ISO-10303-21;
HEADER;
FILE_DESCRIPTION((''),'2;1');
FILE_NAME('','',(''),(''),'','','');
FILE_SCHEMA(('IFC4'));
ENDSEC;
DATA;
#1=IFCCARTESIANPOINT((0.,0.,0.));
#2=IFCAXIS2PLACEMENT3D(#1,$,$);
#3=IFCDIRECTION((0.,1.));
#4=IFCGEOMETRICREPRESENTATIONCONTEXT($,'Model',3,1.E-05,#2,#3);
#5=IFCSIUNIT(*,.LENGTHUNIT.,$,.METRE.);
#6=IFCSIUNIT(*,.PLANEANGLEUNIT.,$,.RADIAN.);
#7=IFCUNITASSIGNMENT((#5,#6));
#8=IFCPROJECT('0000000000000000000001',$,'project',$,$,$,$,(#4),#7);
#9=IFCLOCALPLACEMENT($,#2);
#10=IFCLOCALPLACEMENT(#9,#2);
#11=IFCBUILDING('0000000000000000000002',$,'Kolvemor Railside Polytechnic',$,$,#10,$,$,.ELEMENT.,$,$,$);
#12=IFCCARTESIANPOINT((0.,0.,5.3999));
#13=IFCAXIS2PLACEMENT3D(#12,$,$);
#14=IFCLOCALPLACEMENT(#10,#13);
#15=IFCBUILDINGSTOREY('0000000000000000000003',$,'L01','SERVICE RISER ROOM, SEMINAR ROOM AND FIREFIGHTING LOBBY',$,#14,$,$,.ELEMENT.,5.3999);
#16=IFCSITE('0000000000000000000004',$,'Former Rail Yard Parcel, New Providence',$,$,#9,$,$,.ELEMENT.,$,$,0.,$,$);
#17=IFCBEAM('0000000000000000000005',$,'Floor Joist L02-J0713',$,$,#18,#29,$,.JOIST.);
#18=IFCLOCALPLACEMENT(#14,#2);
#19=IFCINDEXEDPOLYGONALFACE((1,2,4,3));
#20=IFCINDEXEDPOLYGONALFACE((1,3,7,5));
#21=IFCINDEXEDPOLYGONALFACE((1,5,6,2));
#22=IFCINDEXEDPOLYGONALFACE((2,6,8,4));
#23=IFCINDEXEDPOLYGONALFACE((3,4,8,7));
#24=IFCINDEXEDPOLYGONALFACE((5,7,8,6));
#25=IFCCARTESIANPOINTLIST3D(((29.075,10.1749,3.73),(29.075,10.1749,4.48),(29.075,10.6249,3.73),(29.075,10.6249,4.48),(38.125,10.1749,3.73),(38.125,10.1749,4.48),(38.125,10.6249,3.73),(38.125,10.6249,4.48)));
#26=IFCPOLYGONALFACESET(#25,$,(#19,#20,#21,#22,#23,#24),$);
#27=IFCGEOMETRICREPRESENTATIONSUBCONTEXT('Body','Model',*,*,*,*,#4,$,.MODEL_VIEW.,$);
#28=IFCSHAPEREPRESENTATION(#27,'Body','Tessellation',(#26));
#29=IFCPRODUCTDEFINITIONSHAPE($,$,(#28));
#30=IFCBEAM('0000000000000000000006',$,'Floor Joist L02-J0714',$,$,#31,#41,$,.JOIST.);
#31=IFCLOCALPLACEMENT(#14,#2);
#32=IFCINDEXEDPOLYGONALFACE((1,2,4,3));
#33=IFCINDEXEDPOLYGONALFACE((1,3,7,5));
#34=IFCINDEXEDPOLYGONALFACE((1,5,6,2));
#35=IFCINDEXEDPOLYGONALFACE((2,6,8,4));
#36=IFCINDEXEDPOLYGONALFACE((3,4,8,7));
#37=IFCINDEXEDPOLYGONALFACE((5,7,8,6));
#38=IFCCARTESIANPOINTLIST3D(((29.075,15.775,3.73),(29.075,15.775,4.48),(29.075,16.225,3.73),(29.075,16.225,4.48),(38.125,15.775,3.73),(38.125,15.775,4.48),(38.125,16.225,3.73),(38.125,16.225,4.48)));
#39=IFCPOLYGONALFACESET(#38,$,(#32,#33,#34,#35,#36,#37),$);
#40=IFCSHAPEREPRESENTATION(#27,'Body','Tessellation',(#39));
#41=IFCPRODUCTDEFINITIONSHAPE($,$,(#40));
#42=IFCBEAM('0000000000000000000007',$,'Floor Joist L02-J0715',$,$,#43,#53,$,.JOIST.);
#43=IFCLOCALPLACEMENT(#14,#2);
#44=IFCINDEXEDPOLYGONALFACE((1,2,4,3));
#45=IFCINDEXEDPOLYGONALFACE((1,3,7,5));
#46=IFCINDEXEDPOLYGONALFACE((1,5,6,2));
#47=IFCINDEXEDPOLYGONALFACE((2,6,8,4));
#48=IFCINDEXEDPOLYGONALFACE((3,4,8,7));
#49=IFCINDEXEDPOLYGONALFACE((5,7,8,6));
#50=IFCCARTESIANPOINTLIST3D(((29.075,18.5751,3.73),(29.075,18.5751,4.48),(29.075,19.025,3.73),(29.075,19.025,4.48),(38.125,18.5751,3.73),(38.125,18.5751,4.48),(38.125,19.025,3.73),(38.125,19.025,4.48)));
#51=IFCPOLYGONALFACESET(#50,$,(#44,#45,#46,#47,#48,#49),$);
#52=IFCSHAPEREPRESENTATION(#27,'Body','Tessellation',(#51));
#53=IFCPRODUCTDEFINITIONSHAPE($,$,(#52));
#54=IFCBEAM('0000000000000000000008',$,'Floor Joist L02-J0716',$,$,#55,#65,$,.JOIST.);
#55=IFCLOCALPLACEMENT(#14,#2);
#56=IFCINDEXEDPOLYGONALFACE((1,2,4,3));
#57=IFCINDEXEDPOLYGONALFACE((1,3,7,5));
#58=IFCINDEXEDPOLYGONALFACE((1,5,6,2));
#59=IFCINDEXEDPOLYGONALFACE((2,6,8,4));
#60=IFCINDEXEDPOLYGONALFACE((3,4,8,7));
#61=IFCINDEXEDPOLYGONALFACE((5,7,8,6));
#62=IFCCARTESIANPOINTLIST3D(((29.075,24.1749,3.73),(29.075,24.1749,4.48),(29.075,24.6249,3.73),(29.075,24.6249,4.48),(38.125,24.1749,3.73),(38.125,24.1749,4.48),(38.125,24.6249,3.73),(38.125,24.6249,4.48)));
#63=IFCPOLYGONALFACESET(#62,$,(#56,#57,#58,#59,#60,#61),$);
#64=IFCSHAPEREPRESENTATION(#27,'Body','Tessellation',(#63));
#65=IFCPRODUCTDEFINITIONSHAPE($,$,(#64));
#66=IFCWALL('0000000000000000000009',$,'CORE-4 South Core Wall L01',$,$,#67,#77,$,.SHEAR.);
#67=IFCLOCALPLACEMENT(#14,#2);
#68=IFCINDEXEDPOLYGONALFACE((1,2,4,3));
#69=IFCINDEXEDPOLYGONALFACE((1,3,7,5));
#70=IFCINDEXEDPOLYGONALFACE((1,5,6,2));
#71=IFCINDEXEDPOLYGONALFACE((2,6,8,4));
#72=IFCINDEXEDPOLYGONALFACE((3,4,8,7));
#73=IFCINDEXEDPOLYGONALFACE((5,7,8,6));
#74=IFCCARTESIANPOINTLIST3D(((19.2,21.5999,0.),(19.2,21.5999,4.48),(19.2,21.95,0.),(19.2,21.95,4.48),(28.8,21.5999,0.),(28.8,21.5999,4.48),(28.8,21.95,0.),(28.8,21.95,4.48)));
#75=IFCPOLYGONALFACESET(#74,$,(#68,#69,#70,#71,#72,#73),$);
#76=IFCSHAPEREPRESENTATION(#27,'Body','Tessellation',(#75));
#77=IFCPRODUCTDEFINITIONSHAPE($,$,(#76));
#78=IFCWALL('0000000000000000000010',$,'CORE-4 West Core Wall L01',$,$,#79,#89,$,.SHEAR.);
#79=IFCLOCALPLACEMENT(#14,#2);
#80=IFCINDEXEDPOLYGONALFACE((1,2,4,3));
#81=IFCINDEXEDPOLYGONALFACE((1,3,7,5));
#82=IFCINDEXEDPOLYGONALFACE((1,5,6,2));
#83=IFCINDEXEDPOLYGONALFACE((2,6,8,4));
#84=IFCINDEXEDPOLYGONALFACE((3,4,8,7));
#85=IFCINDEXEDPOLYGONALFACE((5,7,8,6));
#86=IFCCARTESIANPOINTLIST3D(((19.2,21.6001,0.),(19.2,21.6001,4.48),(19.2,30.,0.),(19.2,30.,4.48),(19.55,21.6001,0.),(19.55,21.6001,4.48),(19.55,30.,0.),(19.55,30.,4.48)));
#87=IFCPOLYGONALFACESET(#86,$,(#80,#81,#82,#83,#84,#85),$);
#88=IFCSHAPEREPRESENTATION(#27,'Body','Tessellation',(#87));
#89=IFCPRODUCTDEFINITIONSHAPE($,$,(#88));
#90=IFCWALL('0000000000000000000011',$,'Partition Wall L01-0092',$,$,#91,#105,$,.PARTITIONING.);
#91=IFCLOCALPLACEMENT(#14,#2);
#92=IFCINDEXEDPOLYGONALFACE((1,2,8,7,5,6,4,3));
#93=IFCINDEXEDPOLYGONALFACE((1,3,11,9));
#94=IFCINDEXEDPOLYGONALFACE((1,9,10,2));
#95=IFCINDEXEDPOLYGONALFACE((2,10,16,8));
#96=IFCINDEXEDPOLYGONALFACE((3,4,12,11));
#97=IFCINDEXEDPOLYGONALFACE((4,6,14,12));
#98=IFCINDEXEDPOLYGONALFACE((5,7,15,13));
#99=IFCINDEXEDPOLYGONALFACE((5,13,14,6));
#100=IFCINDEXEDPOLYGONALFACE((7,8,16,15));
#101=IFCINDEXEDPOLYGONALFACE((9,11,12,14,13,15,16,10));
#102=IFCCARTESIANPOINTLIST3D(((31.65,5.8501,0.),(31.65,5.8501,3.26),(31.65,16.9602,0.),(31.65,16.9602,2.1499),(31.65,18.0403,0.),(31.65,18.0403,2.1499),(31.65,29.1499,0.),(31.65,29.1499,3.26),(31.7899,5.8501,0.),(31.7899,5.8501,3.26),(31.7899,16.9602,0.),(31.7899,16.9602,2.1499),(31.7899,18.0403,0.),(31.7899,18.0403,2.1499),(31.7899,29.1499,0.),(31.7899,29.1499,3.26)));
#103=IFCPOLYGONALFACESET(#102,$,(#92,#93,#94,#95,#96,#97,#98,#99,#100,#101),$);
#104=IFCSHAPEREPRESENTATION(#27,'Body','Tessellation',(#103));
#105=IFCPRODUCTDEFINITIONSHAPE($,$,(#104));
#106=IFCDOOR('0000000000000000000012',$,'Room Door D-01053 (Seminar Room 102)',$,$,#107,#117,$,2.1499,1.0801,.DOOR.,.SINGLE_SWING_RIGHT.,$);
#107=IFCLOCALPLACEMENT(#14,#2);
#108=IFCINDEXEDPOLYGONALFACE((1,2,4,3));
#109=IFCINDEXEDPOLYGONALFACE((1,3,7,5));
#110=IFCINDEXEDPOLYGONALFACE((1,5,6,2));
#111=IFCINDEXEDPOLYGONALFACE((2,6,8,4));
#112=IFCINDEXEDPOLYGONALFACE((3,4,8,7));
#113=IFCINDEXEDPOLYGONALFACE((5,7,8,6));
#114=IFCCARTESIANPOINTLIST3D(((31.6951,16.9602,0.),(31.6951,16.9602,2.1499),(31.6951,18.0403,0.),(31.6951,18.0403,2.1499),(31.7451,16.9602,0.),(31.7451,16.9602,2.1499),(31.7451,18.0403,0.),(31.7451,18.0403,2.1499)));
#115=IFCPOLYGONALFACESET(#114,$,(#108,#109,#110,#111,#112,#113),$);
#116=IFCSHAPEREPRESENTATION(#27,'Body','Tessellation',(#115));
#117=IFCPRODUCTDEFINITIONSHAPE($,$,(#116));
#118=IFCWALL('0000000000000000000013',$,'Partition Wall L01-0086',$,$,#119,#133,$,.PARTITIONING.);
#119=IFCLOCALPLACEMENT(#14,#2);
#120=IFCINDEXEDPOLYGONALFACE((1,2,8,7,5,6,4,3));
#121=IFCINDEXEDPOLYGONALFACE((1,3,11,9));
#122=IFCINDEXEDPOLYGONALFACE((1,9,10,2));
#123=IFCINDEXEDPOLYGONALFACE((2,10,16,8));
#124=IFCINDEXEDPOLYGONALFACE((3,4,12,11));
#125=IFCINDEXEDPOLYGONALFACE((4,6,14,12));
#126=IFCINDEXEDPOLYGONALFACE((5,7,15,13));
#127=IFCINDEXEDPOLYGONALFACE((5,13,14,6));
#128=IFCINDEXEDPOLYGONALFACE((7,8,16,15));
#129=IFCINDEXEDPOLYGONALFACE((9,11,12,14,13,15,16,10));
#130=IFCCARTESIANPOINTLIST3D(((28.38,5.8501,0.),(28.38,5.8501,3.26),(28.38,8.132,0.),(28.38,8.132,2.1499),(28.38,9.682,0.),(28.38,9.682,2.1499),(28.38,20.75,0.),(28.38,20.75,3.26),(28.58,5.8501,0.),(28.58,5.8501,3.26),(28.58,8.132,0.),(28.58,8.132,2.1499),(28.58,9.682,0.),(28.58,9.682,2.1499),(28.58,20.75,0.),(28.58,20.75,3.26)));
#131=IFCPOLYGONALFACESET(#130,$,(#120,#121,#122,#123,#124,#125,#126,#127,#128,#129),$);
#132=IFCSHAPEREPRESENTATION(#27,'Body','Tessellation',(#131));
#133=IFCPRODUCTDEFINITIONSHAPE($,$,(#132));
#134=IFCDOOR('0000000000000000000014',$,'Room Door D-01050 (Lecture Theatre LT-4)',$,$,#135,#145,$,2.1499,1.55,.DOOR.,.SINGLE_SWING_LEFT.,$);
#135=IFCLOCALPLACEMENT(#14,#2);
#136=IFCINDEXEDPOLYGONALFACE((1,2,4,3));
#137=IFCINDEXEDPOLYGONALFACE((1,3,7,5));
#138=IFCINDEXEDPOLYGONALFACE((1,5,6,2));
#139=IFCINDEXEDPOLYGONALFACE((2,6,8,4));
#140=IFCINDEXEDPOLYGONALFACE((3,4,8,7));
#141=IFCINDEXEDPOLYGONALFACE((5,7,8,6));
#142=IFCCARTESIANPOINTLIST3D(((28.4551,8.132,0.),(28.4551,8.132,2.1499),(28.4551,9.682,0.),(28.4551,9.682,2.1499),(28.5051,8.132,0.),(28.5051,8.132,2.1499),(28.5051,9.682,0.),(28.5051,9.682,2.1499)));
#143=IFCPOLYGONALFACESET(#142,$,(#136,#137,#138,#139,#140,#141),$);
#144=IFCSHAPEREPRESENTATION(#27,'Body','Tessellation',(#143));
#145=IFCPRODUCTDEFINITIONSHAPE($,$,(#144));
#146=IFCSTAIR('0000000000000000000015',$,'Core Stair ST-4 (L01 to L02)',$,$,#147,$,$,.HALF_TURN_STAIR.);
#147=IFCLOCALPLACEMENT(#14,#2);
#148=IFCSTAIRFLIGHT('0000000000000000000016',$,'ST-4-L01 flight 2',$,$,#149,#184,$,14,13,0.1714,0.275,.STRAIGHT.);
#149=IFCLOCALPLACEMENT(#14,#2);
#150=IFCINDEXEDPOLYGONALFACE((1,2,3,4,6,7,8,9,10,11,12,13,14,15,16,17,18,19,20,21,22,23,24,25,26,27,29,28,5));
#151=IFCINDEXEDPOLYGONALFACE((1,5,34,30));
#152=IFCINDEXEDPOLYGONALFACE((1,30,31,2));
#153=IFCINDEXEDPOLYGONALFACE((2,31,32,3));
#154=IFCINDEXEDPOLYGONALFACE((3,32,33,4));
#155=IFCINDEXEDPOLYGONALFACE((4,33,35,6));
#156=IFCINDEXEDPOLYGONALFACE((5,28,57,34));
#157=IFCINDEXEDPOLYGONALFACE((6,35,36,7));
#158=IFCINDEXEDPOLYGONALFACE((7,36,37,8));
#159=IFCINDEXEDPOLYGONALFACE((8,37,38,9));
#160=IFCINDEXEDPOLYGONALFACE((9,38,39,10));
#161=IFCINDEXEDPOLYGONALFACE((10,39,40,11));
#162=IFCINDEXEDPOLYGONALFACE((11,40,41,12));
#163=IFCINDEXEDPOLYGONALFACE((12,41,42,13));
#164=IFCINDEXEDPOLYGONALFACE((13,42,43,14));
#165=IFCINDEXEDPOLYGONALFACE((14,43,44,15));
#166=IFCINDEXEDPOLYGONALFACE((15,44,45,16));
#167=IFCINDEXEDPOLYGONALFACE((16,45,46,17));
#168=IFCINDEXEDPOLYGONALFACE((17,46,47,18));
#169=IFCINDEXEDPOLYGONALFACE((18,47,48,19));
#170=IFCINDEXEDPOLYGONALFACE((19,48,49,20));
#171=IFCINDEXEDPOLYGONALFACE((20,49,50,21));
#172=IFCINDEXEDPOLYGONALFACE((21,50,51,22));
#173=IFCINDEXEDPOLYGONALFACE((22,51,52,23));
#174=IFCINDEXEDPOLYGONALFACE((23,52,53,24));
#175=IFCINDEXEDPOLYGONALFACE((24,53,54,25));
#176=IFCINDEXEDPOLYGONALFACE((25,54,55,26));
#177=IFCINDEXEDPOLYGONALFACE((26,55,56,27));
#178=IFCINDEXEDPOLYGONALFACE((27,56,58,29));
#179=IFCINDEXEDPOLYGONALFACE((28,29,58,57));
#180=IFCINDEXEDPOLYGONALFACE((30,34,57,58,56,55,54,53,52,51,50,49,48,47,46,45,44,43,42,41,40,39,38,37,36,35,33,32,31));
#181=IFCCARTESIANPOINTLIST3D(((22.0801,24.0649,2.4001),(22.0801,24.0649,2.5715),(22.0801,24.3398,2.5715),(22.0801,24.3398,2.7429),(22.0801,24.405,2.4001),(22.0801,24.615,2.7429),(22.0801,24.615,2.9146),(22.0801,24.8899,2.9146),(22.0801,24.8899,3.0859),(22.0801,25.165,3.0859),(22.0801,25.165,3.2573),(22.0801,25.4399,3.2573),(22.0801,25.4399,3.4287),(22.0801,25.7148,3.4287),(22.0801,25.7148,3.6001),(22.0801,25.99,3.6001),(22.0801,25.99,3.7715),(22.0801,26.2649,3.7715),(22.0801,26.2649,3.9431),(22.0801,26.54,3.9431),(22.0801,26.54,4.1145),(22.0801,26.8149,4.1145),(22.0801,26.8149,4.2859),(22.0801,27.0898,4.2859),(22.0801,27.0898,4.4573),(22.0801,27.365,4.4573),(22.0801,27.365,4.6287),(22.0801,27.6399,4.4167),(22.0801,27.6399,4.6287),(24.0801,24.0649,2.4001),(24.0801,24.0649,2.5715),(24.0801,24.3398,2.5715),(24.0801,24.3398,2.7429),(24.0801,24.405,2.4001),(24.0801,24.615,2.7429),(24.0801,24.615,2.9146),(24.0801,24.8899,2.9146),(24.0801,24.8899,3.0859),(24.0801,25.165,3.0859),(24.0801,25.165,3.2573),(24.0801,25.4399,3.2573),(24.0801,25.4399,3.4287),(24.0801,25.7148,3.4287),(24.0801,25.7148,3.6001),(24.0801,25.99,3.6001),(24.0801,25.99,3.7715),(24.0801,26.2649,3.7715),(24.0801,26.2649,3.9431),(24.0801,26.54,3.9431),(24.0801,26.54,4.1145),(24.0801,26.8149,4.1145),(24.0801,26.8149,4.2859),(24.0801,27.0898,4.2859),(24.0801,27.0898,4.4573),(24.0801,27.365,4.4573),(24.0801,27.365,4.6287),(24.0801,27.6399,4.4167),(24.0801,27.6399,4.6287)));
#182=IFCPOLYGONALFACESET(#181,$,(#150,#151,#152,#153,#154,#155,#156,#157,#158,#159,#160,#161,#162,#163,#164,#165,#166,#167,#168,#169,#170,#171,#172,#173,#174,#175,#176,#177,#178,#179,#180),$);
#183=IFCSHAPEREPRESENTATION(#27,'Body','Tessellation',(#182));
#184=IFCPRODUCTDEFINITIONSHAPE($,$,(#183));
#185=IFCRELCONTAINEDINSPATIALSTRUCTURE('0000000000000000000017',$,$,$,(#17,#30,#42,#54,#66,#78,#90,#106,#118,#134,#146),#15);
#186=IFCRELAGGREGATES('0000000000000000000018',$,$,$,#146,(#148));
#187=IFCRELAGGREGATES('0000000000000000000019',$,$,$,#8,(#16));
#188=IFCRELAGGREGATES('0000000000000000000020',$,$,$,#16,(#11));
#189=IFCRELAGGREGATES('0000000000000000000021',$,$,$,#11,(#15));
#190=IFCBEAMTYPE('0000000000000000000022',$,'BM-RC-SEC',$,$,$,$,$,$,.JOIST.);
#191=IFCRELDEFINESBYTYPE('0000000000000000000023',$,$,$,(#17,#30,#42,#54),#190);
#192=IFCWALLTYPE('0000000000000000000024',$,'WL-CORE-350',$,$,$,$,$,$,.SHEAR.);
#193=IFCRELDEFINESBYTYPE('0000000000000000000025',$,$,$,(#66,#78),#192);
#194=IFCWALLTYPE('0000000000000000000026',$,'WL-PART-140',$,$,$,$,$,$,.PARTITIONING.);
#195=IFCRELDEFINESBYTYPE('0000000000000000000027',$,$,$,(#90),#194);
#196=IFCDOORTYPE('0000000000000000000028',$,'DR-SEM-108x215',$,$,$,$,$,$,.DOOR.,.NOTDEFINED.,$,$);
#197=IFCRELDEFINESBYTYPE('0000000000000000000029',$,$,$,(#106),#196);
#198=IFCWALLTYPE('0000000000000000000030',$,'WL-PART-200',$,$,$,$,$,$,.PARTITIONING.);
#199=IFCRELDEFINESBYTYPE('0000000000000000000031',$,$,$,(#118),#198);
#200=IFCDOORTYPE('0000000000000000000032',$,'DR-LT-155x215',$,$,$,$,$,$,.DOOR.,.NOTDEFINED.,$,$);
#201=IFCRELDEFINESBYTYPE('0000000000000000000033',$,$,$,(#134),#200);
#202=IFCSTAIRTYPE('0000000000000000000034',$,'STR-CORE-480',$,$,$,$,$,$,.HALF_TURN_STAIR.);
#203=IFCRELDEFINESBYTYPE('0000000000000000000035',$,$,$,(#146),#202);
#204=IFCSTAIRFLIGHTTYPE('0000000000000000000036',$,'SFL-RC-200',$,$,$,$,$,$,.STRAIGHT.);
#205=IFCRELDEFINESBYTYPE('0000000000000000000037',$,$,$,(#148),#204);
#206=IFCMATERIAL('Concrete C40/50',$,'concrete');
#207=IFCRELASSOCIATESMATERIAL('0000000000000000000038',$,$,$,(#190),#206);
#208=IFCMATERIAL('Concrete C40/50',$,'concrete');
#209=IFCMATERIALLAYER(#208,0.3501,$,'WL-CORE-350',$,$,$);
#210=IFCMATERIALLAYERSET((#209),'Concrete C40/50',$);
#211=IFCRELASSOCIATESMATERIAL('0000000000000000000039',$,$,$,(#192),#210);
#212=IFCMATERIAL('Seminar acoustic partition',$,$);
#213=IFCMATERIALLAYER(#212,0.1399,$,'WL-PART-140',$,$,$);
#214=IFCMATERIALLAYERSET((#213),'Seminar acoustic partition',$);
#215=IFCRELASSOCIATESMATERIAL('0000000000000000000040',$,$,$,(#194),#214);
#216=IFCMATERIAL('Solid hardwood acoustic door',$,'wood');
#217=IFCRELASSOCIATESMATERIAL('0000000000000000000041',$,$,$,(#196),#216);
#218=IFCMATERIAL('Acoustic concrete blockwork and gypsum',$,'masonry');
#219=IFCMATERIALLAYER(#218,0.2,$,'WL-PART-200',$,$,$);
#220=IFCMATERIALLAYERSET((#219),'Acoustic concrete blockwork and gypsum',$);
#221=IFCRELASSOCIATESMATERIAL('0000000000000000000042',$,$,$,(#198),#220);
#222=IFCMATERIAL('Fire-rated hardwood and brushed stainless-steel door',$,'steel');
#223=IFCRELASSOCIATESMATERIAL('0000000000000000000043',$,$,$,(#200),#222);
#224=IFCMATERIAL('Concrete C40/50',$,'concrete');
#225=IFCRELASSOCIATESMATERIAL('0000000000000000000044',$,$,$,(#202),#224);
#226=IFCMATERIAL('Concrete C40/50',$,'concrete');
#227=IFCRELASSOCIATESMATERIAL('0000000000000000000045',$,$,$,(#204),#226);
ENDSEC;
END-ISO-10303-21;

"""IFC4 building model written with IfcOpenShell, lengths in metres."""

from ifc_helpers import new_model, si_unit, direction, frame, frame_2d, origin, origin_2d, place, context, subcontext, project, spatial, polyline, rectangle, outline, extrude, material, layer, layer_set, material_profile, profile_set, type_object, element, fill, aggregate, save


model = new_model("IFC4")

# Units and contexts
model_context = context("Model", 3, precision=1e-05, world=origin(), true_north=direction((0.0, 1.0)))
body_context = subcontext(model_context, "Body", "Model", "MODEL_VIEW")
ifc_project = project(units=[si_unit("LENGTHUNIT", "METRE"), si_unit("PLANEANGLEUNIT", "RADIAN")], contexts=[model_context])

# Site, building, storey
site_placement = place(None, origin())
site = spatial("IfcSite", under=ifc_project, at=site_placement, Name="Former Rail Yard Parcel, New Providence", CompositionType="ELEMENT", RefElevation=0.0)
building_placement = place(site_placement, origin())
building = spatial("IfcBuilding", under=site, at=building_placement, Name="Kolvemor Railside Polytechnic", CompositionType="ELEMENT")
storey_placement = place(building_placement, frame((0.0, 0.0, 5.3999)))
storey = spatial("IfcBuildingStorey", under=building, at=storey_placement, Name="L01", Description="SERVICE RISER ROOM, SEMINAR ROOM AND FIREFIGHTING LOBBY", CompositionType="ELEMENT", Elevation=5.3999)

# Beams
ifc_material_1 = material(Name="Concrete C40/50", Category="concrete")
ifc_material_profile_1 = material_profile(ifc_material_1, rectangle(XDim=0.45, YDim=0.75, at=origin_2d()), Name="RC450x750")
ifc_profile_set_1 = profile_set([ifc_material_profile_1], Name="Concrete C40/50")
beam_type_1 = type_object("IfcBeamType", Name="BM-RC-SEC", PredefinedType="JOIST", material=ifc_profile_set_1)
for number, where, z_axis, x_axis, name in (
    (1, (29.075, 10.3999, 4.105), (1.0, 0.0, 0.0), (0.0, 1.0, 0.0), "Floor Joist L02-J0713"),
    (2, (29.075, 16.0, 4.105), (1.0, 0.0, 0.0), (0.0, 1.0, 0.0), "Floor Joist L02-J0714"),
    (3, (29.075, 18.8, 4.105), (1.0, 0.0, 0.0), (0.0, 1.0, 0.0), "Floor Joist L02-J0715"),
    (4, (29.075, 24.3999, 4.105), (1.0, 0.0, 0.0), (0.0, 1.0, 0.0), "Floor Joist L02-J0716"),
):
    element("IfcBeam", number, at=place(storey_placement, frame(where, z_axis=z_axis, x_axis=x_axis)), inside=storey, type_object=beam_type_1, Name=name, PredefinedType="JOIST", context=body_context, shape_type="SweptSolid", body=[
        extrude(rectangle(XDim=0.45, YDim=0.75, at=origin_2d()), origin(), (0.0, 0.0, 1.0), 9.05),
    ])

# Walls
ifc_material_2 = material(Name="Concrete C40/50", Category="concrete")
ifc_layer_1 = layer(ifc_material_2, 0.3501, Name="WL-CORE-350")
ifc_layer_set_1 = layer_set([ifc_layer_1], Name="Concrete C40/50")
wall_type_1 = type_object("IfcWallType", Name="WL-CORE-350", PredefinedType="SHEAR", material=ifc_layer_set_1)
wall_1_placement = place(storey_placement, frame((19.2, 21.7749, 0.0), z_axis=(0.0, 0.0, 1.0), x_axis=(1.0, 0.0, 0.0)))
element("IfcWall", 5, at=wall_1_placement, inside=storey, type_object=wall_type_1, Name="CORE-4 South Core Wall L01", PredefinedType="SHEAR", context=body_context, shape_type="SweptSolid", body=[
    extrude(rectangle(XDim=9.6001, YDim=0.3501, at=frame_2d((4.8, 0.0))), origin(), (0.0, 0.0, 1.0), 4.48),
])
wall_2_placement = place(storey_placement, frame((19.375, 21.6001, 0.0), z_axis=(0.0, 0.0, 1.0), x_axis=(0.0, 1.0, 0.0)))
element("IfcWall", 6, at=wall_2_placement, inside=storey, type_object=wall_type_1, Name="CORE-4 West Core Wall L01", PredefinedType="SHEAR", context=body_context, shape_type="SweptSolid", body=[
    extrude(rectangle(XDim=8.3999, YDim=0.3501, at=frame_2d((4.2, 0.0))), origin(), (0.0, 0.0, 1.0), 4.48),
])

# Walls, openings, doors
ifc_material_3 = material(Name="Seminar acoustic partition")
ifc_layer_2 = layer(ifc_material_3, 0.1399, Name="WL-PART-140")
ifc_layer_set_2 = layer_set([ifc_layer_2], Name="Seminar acoustic partition")
wall_type_2 = type_object("IfcWallType", Name="WL-PART-140", PredefinedType="PARTITIONING", material=ifc_layer_set_2)
wall_3_placement = place(storey_placement, frame((31.72, 5.8501, 0.0), z_axis=(0.0, 0.0, 1.0), x_axis=(0.0, 1.0, 0.0)))
wall_3 = element("IfcWall", 7, at=wall_3_placement, inside=storey, type_object=wall_type_2, Name="Partition Wall L01-0092", PredefinedType="PARTITIONING", context=body_context, shape_type="SweptSolid", body=[
    extrude(rectangle(XDim=23.2998, YDim=0.1399, at=frame_2d((11.6499, 0.0))), origin(), (0.0, 0.0, 1.0), 3.26),
])
opening_1_placement = place(wall_3_placement, frame((11.1101, 0.0, 0.0)))
opening_1 = element("IfcOpeningElement", 8, at=opening_1_placement, cuts=wall_3, PredefinedType="OPENING", context=body_context, shape_type="SweptSolid", body=[
    extrude(rectangle(XDim=1.0801, YDim=2.1499, at=frame_2d((0.54, 1.075))), frame((0.0, 0.0798, 0.0), z_axis=(0.0, -1.0, 0.0), x_axis=(1.0, 0.0, 0.0)), (0.0, 0.0, 1.0), 0.1599),
])
ifc_material_4 = material(Name="Solid hardwood acoustic door", Category="wood")
door_type_1 = type_object("IfcDoorType", Name="DR-SEM-108x215", OperationType="NOTDEFINED", PredefinedType="DOOR", material=ifc_material_4)
door_1_placement = place(opening_1_placement, origin())
door_1 = element("IfcDoor", 9, at=door_1_placement, inside=storey, type_object=door_type_1, Name="Room Door D-01053 (Seminar Room 102)", OperationType="SINGLE_SWING_RIGHT", OverallHeight=2.1499, OverallWidth=1.0801, PredefinedType="DOOR", context=body_context, shape_type="SweptSolid", body=[
    extrude(rectangle(XDim=1.0801, YDim=2.1499, at=frame_2d((0.54, 1.075))), frame((0.0, 0.0249, 0.0), z_axis=(0.0, -1.0, 0.0), x_axis=(1.0, 0.0, 0.0)), (0.0, 0.0, 1.0), 0.05),
])
fill(opening_1, door_1)
ifc_material_5 = material(Name="Acoustic concrete blockwork and gypsum", Category="masonry")
ifc_layer_3 = layer(ifc_material_5, 0.2, Name="WL-PART-200")
ifc_layer_set_3 = layer_set([ifc_layer_3], Name="Acoustic concrete blockwork and gypsum")
wall_type_3 = type_object("IfcWallType", Name="WL-PART-200", PredefinedType="PARTITIONING", material=ifc_layer_set_3)
wall_4_placement = place(storey_placement, frame((28.48, 5.8501, 0.0), z_axis=(0.0, 0.0, 1.0), x_axis=(0.0, 1.0, 0.0)))
wall_4 = element("IfcWall", 10, at=wall_4_placement, inside=storey, type_object=wall_type_3, Name="Partition Wall L01-0086", PredefinedType="PARTITIONING", context=body_context, shape_type="SweptSolid", body=[
    extrude(rectangle(XDim=14.8999, YDim=0.2, at=frame_2d((7.45, 0.0))), origin(), (0.0, 0.0, 1.0), 3.26),
])
opening_2_placement = place(wall_4_placement, frame((2.282, 0.0, 0.0)))
opening_2 = element("IfcOpeningElement", 11, at=opening_2_placement, cuts=wall_4, PredefinedType="OPENING", context=body_context, shape_type="SweptSolid", body=[
    extrude(rectangle(XDim=1.55, YDim=2.1499, at=frame_2d((0.7749, 1.075))), frame((0.0, 0.1099, 0.0), z_axis=(0.0, -1.0, 0.0), x_axis=(1.0, 0.0, 0.0)), (0.0, 0.0, 1.0), 0.22),
])
ifc_material_6 = material(Name="Fire-rated hardwood and brushed stainless-steel door", Category="steel")
door_type_2 = type_object("IfcDoorType", Name="DR-LT-155x215", OperationType="NOTDEFINED", PredefinedType="DOOR", material=ifc_material_6)
door_2_placement = place(opening_2_placement, origin())
door_2 = element("IfcDoor", 12, at=door_2_placement, inside=storey, type_object=door_type_2, Name="Room Door D-01050 (Lecture Theatre LT-4)", OperationType="SINGLE_SWING_LEFT", OverallHeight=2.1499, OverallWidth=1.55, PredefinedType="DOOR", context=body_context, shape_type="SweptSolid", body=[
    extrude(rectangle(XDim=1.55, YDim=2.1499, at=frame_2d((0.7749, 1.075))), frame((0.0, 0.0249, 0.0), z_axis=(0.0, -1.0, 0.0), x_axis=(1.0, 0.0, 0.0)), (0.0, 0.0, 1.0), 0.05),
])
fill(opening_2, door_2)

# Stair, stair flight
ifc_material_7 = material(Name="Concrete C40/50", Category="concrete")
stair_type = type_object("IfcStairType", Name="STR-CORE-480", PredefinedType="HALF_TURN_STAIR", material=ifc_material_7)
stair_placement = place(storey_placement, origin())
stair = element("IfcStair", 13, at=stair_placement, inside=storey, type_object=stair_type, Name="Core Stair ST-4 (L01 to L02)", PredefinedType="HALF_TURN_STAIR")
ifc_material_8 = material(Name="Concrete C40/50", Category="concrete")
stair_flight_type = type_object("IfcStairFlightType", Name="SFL-RC-200", PredefinedType="STRAIGHT", material=ifc_material_8)
stair_flight_placement = place(storey_placement, frame((23.0801, 24.0649, 2.4001), z_axis=(0.0, 0.0, 1.0), x_axis=(0.0, 1.0, 0.0)))
stair_flight = element("IfcStairFlight", 14, at=stair_flight_placement, type_object=stair_flight_type, Name="ST-4-L01 flight 2", NumberOfRisers=14, NumberOfTreads=13, PredefinedType="STRAIGHT", RiserHeight=0.1714, TreadLength=0.275, context=body_context, shape_type="SweptSolid", body=[
    extrude(outline(polyline([(0.0, 0.0), (0.0, 0.1714), (0.2749, 0.1714), (0.2749, 0.3428), (0.55, 0.3428), (0.55, 0.5144), (0.825, 0.5144), (0.825, 0.6858), (1.1001, 0.6858), (1.1001, 0.8572), (1.375, 0.8572), (1.375, 1.0286), (1.6499, 1.0286), (1.6499, 1.2), (1.925, 1.2), (1.925, 1.3713), (2.2, 1.3713), (2.2, 1.543), (2.4751, 1.543), (2.4751, 1.7144), (2.75, 1.7144), (2.75, 1.8857), (3.0249, 1.8857), (3.0249, 2.0571), (3.3, 2.0571), (3.3, 2.2285), (3.575, 2.2285), (3.575, 2.3999), (3.575, 2.0166), (0.3401, 0.0), (0.0, 0.0)])), frame((0.0, 1.0, 0.0), z_axis=(0.0, -1.0, 0.0), x_axis=(1.0, 0.0, 0.0)), (0.0, 0.0, 1.0), 2.0),
])
aggregate(stair, [stair_flight])

save(model, "model.ifc")
